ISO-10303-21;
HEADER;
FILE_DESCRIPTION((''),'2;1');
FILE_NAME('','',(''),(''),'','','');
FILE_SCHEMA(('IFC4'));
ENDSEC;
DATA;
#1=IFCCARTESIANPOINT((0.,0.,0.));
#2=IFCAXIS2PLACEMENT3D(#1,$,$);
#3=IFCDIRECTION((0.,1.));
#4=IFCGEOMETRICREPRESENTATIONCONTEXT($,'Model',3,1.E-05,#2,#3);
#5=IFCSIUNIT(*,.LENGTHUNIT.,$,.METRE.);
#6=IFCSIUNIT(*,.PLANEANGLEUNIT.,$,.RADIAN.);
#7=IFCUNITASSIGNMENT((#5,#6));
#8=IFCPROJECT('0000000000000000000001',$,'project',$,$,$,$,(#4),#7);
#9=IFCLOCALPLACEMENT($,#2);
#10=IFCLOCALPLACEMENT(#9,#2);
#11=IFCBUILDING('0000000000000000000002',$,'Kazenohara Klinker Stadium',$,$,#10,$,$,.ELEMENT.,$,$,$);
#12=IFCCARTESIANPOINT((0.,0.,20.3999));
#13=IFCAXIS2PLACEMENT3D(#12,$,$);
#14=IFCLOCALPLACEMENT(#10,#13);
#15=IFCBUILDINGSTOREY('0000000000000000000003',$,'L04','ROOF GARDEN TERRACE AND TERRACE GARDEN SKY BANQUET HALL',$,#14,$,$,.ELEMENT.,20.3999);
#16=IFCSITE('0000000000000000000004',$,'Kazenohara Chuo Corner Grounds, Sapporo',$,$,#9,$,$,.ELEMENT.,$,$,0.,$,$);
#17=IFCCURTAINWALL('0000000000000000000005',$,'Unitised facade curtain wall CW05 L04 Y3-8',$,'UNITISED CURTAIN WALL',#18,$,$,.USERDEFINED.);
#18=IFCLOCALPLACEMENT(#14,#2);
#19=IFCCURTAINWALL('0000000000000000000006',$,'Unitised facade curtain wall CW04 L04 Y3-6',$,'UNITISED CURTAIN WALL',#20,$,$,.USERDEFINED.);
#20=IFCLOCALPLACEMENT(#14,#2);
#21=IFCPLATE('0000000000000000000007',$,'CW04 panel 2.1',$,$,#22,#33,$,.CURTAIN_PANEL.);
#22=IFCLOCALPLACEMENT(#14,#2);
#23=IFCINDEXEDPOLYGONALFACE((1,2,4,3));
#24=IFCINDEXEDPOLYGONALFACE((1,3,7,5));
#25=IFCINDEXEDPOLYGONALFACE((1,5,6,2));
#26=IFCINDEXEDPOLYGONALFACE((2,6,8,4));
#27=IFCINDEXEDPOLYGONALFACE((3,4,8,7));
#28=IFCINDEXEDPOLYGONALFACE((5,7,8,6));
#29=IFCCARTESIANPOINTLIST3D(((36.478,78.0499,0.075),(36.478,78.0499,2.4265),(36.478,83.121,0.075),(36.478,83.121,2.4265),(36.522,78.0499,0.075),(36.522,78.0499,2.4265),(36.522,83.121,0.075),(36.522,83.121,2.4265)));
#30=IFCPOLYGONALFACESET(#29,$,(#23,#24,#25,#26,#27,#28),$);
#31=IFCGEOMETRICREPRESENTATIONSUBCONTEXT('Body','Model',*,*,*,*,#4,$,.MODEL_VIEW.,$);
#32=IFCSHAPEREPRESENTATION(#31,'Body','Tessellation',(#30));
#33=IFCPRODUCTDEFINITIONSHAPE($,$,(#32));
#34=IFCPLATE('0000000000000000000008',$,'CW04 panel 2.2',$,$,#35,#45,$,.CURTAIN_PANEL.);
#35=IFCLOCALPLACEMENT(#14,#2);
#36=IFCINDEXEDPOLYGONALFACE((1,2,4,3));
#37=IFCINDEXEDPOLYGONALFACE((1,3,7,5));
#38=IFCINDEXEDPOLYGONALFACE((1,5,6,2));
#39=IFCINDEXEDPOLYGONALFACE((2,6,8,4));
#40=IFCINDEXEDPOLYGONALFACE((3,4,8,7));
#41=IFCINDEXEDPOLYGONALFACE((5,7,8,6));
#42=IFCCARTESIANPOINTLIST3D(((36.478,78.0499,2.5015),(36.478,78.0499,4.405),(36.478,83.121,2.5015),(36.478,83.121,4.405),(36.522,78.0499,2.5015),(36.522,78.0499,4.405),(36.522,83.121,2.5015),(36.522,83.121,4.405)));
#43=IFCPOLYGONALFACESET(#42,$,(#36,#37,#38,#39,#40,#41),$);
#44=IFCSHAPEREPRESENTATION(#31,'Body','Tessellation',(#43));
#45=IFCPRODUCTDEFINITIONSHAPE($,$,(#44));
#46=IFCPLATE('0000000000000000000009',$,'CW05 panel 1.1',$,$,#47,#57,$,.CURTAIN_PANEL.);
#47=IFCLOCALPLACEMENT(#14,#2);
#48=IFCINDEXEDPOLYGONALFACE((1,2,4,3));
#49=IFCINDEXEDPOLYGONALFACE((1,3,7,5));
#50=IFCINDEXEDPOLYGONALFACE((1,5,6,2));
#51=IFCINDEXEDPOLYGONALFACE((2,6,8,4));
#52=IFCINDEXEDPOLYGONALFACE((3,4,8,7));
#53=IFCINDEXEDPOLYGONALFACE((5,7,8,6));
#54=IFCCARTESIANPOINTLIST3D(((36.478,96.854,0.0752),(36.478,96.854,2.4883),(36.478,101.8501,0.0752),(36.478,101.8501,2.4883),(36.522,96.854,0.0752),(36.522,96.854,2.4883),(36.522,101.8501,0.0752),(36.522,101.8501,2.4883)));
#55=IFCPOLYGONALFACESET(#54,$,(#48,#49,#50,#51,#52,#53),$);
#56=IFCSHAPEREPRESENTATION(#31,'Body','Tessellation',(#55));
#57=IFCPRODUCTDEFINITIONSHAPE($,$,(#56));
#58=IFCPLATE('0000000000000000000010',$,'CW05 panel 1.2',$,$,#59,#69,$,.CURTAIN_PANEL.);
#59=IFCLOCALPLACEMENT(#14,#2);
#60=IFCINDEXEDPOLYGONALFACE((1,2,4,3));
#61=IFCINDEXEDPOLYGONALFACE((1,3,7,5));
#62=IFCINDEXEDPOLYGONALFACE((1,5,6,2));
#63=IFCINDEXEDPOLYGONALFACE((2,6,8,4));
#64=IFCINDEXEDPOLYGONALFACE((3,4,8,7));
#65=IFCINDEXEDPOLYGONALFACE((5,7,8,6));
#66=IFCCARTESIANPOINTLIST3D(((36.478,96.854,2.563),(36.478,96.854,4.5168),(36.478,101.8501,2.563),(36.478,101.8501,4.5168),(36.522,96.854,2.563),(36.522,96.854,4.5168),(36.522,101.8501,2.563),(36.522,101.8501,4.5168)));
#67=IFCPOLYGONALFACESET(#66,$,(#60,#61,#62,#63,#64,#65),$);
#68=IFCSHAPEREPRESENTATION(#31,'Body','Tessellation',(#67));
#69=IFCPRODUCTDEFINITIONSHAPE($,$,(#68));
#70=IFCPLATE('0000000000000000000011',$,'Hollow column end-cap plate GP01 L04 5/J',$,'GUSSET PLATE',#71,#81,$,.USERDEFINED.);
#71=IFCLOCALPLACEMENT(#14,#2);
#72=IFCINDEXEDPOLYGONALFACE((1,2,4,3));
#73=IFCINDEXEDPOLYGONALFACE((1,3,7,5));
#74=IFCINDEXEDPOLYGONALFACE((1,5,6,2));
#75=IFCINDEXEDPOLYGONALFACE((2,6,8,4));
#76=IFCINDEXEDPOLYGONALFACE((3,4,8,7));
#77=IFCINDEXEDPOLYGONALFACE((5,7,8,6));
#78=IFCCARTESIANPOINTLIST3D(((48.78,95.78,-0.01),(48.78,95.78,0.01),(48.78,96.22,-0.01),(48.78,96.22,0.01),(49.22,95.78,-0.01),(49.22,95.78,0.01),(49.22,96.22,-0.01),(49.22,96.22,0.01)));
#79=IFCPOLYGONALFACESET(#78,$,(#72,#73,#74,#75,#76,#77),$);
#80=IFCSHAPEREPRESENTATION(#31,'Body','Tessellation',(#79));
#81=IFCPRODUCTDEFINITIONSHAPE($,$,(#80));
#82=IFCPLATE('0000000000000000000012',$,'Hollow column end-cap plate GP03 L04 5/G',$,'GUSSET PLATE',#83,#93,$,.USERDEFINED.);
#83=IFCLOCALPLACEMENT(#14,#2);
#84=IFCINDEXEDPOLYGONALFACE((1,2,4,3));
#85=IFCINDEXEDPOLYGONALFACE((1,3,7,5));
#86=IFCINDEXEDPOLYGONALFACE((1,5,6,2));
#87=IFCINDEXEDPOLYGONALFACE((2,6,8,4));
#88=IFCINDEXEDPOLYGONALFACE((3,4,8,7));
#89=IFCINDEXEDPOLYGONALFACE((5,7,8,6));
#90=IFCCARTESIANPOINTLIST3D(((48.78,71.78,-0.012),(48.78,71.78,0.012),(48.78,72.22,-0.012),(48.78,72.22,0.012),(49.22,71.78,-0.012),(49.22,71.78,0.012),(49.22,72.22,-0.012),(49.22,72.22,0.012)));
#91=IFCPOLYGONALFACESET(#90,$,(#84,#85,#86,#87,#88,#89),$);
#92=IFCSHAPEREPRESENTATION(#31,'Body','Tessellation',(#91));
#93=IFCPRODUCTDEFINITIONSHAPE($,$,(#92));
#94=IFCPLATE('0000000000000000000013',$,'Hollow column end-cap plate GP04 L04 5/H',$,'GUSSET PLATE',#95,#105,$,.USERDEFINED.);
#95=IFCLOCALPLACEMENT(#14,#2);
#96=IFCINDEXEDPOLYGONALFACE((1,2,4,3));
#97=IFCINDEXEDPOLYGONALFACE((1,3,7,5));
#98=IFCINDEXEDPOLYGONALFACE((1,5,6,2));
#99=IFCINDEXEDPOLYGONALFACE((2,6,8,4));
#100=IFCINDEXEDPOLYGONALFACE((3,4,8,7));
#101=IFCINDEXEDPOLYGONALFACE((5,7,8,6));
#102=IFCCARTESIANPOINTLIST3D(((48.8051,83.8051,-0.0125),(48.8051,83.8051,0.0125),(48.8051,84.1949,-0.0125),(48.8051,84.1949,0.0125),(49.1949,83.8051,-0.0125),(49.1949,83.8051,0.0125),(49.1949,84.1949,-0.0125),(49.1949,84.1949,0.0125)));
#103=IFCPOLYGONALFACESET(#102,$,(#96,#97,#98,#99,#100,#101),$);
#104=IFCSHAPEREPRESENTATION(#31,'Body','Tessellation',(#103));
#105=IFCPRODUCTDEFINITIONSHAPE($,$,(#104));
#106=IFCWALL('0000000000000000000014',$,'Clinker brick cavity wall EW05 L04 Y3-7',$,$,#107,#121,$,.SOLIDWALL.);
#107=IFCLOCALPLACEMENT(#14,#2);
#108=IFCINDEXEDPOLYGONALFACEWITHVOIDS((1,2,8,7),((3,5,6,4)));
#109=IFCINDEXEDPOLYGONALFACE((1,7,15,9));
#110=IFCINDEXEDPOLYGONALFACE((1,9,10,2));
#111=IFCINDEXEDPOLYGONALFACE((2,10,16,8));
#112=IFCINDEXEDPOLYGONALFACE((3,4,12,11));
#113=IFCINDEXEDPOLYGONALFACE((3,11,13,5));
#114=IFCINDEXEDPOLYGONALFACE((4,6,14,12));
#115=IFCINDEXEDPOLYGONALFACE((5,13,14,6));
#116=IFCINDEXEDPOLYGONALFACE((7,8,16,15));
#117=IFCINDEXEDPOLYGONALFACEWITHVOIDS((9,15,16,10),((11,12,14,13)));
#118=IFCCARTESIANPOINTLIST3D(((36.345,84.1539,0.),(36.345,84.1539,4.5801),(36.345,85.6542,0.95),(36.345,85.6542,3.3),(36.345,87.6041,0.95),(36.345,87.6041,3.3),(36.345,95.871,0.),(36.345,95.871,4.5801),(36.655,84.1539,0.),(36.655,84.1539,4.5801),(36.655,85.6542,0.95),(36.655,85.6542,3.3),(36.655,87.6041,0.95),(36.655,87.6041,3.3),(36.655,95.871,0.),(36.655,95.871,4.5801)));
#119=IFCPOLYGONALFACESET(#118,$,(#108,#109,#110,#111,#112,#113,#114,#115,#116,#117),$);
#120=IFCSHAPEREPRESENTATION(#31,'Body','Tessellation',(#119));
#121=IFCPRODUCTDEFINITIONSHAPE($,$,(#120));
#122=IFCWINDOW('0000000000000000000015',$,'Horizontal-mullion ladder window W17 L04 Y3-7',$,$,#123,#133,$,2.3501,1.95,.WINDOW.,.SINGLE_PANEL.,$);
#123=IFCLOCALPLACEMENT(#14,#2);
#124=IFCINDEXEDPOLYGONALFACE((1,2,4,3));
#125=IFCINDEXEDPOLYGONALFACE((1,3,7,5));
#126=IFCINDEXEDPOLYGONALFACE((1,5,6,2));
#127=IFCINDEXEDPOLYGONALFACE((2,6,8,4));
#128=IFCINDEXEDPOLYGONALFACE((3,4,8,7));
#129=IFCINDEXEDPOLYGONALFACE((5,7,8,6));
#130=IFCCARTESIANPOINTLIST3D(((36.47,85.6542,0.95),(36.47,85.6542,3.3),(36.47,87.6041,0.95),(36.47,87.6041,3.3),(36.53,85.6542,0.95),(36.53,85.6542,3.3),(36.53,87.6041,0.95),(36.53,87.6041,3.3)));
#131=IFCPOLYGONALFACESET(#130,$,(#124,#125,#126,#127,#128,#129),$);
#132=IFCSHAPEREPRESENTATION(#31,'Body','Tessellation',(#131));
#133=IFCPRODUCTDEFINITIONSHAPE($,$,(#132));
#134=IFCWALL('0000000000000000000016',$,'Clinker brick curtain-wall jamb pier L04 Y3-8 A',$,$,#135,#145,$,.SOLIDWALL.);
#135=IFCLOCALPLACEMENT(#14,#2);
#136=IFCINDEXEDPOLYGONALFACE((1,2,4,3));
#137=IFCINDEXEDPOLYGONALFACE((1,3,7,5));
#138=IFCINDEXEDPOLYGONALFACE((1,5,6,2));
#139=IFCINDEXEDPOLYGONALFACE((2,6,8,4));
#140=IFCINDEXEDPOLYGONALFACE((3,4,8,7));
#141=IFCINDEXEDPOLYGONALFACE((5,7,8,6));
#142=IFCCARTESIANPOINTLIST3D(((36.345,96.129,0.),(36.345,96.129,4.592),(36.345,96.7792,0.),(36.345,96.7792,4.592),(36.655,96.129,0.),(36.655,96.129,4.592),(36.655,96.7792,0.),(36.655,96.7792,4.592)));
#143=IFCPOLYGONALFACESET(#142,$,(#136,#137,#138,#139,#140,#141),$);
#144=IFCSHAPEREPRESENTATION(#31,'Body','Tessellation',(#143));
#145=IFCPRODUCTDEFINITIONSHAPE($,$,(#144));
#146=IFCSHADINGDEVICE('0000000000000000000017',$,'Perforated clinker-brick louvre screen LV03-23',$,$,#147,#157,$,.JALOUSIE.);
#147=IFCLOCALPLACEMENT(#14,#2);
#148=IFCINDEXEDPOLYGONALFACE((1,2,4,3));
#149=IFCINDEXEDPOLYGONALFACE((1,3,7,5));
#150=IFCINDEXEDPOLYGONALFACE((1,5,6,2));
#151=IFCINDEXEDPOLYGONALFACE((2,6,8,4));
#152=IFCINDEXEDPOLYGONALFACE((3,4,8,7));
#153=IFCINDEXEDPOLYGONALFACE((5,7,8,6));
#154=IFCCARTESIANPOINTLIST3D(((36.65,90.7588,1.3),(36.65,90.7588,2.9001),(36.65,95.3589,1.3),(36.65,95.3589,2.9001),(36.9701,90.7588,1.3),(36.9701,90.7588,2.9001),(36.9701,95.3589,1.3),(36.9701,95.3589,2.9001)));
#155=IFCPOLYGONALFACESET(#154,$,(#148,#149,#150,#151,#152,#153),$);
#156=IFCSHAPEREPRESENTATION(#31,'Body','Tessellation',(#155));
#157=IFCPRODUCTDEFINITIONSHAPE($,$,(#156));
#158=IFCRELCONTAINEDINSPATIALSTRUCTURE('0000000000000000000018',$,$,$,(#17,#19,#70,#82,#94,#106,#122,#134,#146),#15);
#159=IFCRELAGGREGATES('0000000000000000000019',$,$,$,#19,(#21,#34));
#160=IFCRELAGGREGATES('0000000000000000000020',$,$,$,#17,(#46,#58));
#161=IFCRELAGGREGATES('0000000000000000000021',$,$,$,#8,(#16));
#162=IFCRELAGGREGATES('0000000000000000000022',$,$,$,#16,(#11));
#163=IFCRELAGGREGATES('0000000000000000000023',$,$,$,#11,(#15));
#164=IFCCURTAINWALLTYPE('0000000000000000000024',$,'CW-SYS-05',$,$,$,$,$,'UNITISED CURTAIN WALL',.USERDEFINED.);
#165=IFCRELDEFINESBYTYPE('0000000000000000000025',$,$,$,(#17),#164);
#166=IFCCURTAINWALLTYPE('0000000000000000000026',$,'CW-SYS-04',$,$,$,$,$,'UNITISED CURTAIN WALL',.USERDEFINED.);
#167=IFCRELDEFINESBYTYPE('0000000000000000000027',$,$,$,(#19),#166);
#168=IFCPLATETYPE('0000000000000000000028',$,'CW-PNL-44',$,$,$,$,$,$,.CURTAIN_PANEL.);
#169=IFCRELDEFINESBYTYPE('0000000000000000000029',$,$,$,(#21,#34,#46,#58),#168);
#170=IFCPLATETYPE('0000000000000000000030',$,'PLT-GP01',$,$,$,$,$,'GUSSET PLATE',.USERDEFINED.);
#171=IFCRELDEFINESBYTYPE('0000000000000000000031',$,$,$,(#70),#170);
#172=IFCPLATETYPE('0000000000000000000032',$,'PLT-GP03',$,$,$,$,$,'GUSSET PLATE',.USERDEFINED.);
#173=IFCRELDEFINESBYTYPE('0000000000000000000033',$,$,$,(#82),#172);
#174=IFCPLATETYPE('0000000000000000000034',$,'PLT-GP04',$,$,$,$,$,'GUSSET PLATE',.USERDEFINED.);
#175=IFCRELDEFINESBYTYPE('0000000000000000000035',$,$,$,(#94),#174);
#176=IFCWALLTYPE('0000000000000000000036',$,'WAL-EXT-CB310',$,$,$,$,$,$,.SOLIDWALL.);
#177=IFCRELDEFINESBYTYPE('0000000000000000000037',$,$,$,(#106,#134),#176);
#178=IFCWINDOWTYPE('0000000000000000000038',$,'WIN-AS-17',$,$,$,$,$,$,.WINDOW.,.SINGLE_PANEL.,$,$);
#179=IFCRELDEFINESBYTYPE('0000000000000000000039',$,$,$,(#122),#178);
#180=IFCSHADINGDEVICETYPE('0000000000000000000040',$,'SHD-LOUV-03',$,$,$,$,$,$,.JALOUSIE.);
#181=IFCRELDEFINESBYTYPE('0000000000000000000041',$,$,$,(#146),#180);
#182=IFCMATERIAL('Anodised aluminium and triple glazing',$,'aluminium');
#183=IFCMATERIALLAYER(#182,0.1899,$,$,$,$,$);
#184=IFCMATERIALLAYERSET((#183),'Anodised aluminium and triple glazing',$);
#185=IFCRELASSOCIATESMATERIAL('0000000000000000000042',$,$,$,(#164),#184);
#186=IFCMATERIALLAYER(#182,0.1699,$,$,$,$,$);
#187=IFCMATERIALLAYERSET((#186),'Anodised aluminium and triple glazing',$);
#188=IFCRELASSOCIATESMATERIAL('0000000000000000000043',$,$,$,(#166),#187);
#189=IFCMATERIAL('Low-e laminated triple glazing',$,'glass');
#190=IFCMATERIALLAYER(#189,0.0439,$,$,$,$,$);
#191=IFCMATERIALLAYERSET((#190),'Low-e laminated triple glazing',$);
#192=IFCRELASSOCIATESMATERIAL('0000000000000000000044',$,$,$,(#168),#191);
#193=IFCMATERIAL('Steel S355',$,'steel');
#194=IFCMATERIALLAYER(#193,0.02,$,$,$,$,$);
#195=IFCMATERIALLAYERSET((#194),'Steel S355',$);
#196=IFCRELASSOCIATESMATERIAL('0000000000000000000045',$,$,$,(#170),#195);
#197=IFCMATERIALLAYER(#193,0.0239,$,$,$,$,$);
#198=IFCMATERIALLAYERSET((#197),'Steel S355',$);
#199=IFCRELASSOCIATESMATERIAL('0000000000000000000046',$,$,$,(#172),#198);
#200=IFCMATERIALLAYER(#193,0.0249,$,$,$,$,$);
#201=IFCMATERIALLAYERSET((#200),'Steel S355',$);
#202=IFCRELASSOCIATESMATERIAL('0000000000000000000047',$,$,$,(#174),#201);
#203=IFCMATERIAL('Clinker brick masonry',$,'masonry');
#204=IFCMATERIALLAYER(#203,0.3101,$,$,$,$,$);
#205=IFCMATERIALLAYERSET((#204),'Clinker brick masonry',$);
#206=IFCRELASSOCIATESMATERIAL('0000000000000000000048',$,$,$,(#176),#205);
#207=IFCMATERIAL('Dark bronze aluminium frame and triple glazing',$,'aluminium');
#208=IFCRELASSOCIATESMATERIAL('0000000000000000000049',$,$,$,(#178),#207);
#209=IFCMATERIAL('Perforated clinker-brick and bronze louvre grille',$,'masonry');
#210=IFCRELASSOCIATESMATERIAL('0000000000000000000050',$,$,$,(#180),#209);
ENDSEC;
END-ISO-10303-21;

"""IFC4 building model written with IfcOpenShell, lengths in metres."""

from ifc_helpers import new_model, si_unit, direction, frame, frame_2d, origin, origin_2d, place, context, subcontext, project, spatial, rectangle, extrude, material, layer, layer_set, type_object, element, fill, aggregate, save


model = new_model("IFC4")

# Units and contexts
model_context = context("Model", 3, precision=1e-05, world=origin(), true_north=direction((0.0, 1.0)))
body_context = subcontext(model_context, "Body", "Model", "MODEL_VIEW")
ifc_project = project(units=[si_unit("LENGTHUNIT", "METRE"), si_unit("PLANEANGLEUNIT", "RADIAN")], contexts=[model_context])

# Site, building, storey
site_placement = place(None, origin())
site = spatial("IfcSite", under=ifc_project, at=site_placement, Name="Kazenohara Chuo Corner Grounds, Sapporo", CompositionType="ELEMENT", RefElevation=0.0)
building_placement = place(site_placement, origin())
building = spatial("IfcBuilding", under=site, at=building_placement, Name="Kazenohara Klinker Stadium", CompositionType="ELEMENT")
storey_placement = place(building_placement, frame((0.0, 0.0, 20.3999)))
storey = spatial("IfcBuildingStorey", under=building, at=storey_placement, Name="L04", Description="ROOF GARDEN TERRACE AND TERRACE GARDEN SKY BANQUET HALL", CompositionType="ELEMENT", Elevation=20.3999)

# Shared definitions
ifc_material_1 = material(Name="Steel S355", Category="steel")

# Curtain wall
ifc_material_2 = material(Name="Anodised aluminium and triple glazing", Category="aluminium")
ifc_layer_1 = layer(ifc_material_2, 0.1899)
ifc_layer_set_1 = layer_set([ifc_layer_1], Name="Anodised aluminium and triple glazing")
curtain_wall_type_1 = type_object("IfcCurtainWallType", Name="CW-SYS-05", ElementType="UNITISED CURTAIN WALL", PredefinedType="USERDEFINED", material=ifc_layer_set_1)
curtain_wall_1_placement = place(storey_placement, origin())
curtain_wall_1 = element("IfcCurtainWall", 1, at=curtain_wall_1_placement, inside=storey, type_object=curtain_wall_type_1, Name="Unitised facade curtain wall CW05 L04 Y3-8", ObjectType="UNITISED CURTAIN WALL", PredefinedType="USERDEFINED")

# Curtain wall, plates
ifc_layer_2 = layer(ifc_material_2, 0.1699)
ifc_layer_set_2 = layer_set([ifc_layer_2], Name="Anodised aluminium and triple glazing")
curtain_wall_type_2 = type_object("IfcCurtainWallType", Name="CW-SYS-04", ElementType="UNITISED CURTAIN WALL", PredefinedType="USERDEFINED", material=ifc_layer_set_2)
curtain_wall_2_placement = place(storey_placement, origin())
curtain_wall_2 = element("IfcCurtainWall", 2, at=curtain_wall_2_placement, inside=storey, type_object=curtain_wall_type_2, Name="Unitised facade curtain wall CW04 L04 Y3-6", ObjectType="UNITISED CURTAIN WALL", PredefinedType="USERDEFINED")
ifc_material_3 = material(Name="Low-e laminated triple glazing", Category="glass")
ifc_layer_3 = layer(ifc_material_3, 0.0439)
ifc_layer_set_3 = layer_set([ifc_layer_3], Name="Low-e laminated triple glazing")
plate_type_1 = type_object("IfcPlateType", Name="CW-PNL-44", PredefinedType="CURTAIN_PANEL", material=ifc_layer_set_3)
plate_1_placement = place(storey_placement, frame((36.5, 80.5854, 0.075), z_axis=(0.0, 0.0, 1.0), x_axis=(0.0, 1.0, 0.0)))
plate_1 = element("IfcPlate", 3, at=plate_1_placement, type_object=plate_type_1, Name="CW04 panel 2.1", PredefinedType="CURTAIN_PANEL", context=body_context, shape_type="SweptSolid", body=[
    extrude(rectangle(XDim=5.071, YDim=0.0439, at=origin_2d()), origin(), (0.0, 0.0, 1.0), 2.3516),
])
plate_2_placement = place(storey_placement, frame((36.5, 80.5854, 2.5015), z_axis=(0.0, 0.0, 1.0), x_axis=(0.0, 1.0, 0.0)))
plate_2 = element("IfcPlate", 4, at=plate_2_placement, type_object=plate_type_1, Name="CW04 panel 2.2", PredefinedType="CURTAIN_PANEL", context=body_context, shape_type="SweptSolid", body=[
    extrude(rectangle(XDim=5.071, YDim=0.0439, at=origin_2d()), origin(), (0.0, 0.0, 1.0), 1.9036),
])
aggregate(curtain_wall_2, [plate_1, plate_2])

# Plates
plate_3_placement = place(storey_placement, frame((36.5, 99.3521, 0.0752), z_axis=(0.0, 0.0, 1.0), x_axis=(0.0, 1.0, 0.0)))
plate_3 = element("IfcPlate", 5, at=plate_3_placement, type_object=plate_type_1, Name="CW05 panel 1.1", PredefinedType="CURTAIN_PANEL", context=body_context, shape_type="SweptSolid", body=[
    extrude(rectangle(XDim=4.9961, YDim=0.0439, at=origin_2d()), origin(), (0.0, 0.0, 1.0), 2.4131),
])
plate_4_placement = place(storey_placement, frame((36.5, 99.3521, 2.563), z_axis=(0.0, 0.0, 1.0), x_axis=(0.0, 1.0, 0.0)))
plate_4 = element("IfcPlate", 6, at=plate_4_placement, type_object=plate_type_1, Name="CW05 panel 1.2", PredefinedType="CURTAIN_PANEL", context=body_context, shape_type="SweptSolid", body=[
    extrude(rectangle(XDim=4.9961, YDim=0.0439, at=origin_2d()), origin(), (0.0, 0.0, 1.0), 1.9539),
])
aggregate(curtain_wall_1, [plate_3, plate_4])

# Plates
ifc_layer_4 = layer(ifc_material_1, 0.02)
ifc_layer_set_4 = layer_set([ifc_layer_4], Name="Steel S355")
plate_type_2 = type_object("IfcPlateType", Name="PLT-GP01", ElementType="GUSSET PLATE", PredefinedType="USERDEFINED", material=ifc_layer_set_4)
plate_5_placement = place(storey_placement, frame((49.0, 96.0, -0.01), z_axis=(0.0, 0.0, 1.0), x_axis=(1.0, 0.0, 0.0)))
element("IfcPlate", 7, at=plate_5_placement, inside=storey, type_object=plate_type_2, Name="Hollow column end-cap plate GP01 L04 5/J", ObjectType="GUSSET PLATE", PredefinedType="USERDEFINED", context=body_context, shape_type="SweptSolid", body=[
    extrude(rectangle(XDim=0.4399, YDim=0.4399, at=origin_2d()), origin(), (0.0, 0.0, 1.0), 0.02),
])
ifc_layer_5 = layer(ifc_material_1, 0.0239)
ifc_layer_set_5 = layer_set([ifc_layer_5], Name="Steel S355")
plate_type_3 = type_object("IfcPlateType", Name="PLT-GP03", ElementType="GUSSET PLATE", PredefinedType="USERDEFINED", material=ifc_layer_set_5)
plate_6_placement = place(storey_placement, frame((49.0, 72.0, -0.012), z_axis=(0.0, 0.0, 1.0), x_axis=(1.0, 0.0, 0.0)))
element("IfcPlate", 8, at=plate_6_placement, inside=storey, type_object=plate_type_3, Name="Hollow column end-cap plate GP03 L04 5/G", ObjectType="GUSSET PLATE", PredefinedType="USERDEFINED", context=body_context, shape_type="SweptSolid", body=[
    extrude(rectangle(XDim=0.4399, YDim=0.4399, at=origin_2d()), origin(), (0.0, 0.0, 1.0), 0.0239),
])
ifc_layer_6 = layer(ifc_material_1, 0.0249)
ifc_layer_set_6 = layer_set([ifc_layer_6], Name="Steel S355")
plate_type_4 = type_object("IfcPlateType", Name="PLT-GP04", ElementType="GUSSET PLATE", PredefinedType="USERDEFINED", material=ifc_layer_set_6)
plate_7_placement = place(storey_placement, frame((49.0, 84.0, -0.0125), z_axis=(0.0, 0.0, 1.0), x_axis=(1.0, 0.0, 0.0)))
element("IfcPlate", 9, at=plate_7_placement, inside=storey, type_object=plate_type_4, Name="Hollow column end-cap plate GP04 L04 5/H", ObjectType="GUSSET PLATE", PredefinedType="USERDEFINED", context=body_context, shape_type="SweptSolid", body=[
    extrude(rectangle(XDim=0.3899, YDim=0.3899, at=origin_2d()), origin(), (0.0, 0.0, 1.0), 0.0249),
])

# Wall, opening, window
ifc_material_4 = material(Name="Clinker brick masonry", Category="masonry")
ifc_layer_7 = layer(ifc_material_4, 0.3101)
ifc_layer_set_7 = layer_set([ifc_layer_7], Name="Clinker brick masonry")
wall_type = type_object("IfcWallType", Name="WAL-EXT-CB310", PredefinedType="SOLIDWALL", material=ifc_layer_set_7)
wall_1_placement = place(storey_placement, frame((36.5, 84.1541, 0.0), z_axis=(0.0, 0.0, 1.0), x_axis=(0.0, 1.0, 0.0)))
wall_1 = element("IfcWall", 10, at=wall_1_placement, inside=storey, type_object=wall_type, Name="Clinker brick cavity wall EW05 L04 Y3-7", PredefinedType="SOLIDWALL", context=body_context, shape_type="SweptSolid", body=[
    extrude(rectangle(XDim=11.717, YDim=0.3101, at=frame_2d((5.8584, 0.0))), origin(), (0.0, 0.0, 1.0), 4.5801),
])
opening_placement = place(wall_1_placement, frame((1.5, 0.0, 0.95)))
opening = element("IfcOpeningElement", 11, at=opening_placement, cuts=wall_1, PredefinedType="OPENING", context=body_context, shape_type="SweptSolid", body=[
    extrude(rectangle(XDim=1.95, YDim=2.3501, at=frame_2d((0.9751, 1.175))), frame((0.0, 0.165, 0.0), z_axis=(0.0, -1.0, 0.0), x_axis=(1.0, 0.0, 0.0)), (0.0, 0.0, 1.0), 0.3301),
])
ifc_material_5 = material(Name="Dark bronze aluminium frame and triple glazing", Category="aluminium")
window_type = type_object("IfcWindowType", Name="WIN-AS-17", PartitioningType="SINGLE_PANEL", PredefinedType="WINDOW", material=ifc_material_5)
window_placement = place(opening_placement, origin())
window = element("IfcWindow", 12, at=window_placement, inside=storey, type_object=window_type, Name="Horizontal-mullion ladder window W17 L04 Y3-7", OverallHeight=2.3501, OverallWidth=1.95, PartitioningType="SINGLE_PANEL", PredefinedType="WINDOW", context=body_context, shape_type="SweptSolid", body=[
    extrude(rectangle(XDim=1.95, YDim=2.3501, at=frame_2d((0.9751, 1.175))), frame((0.0, 0.03, 0.0), z_axis=(0.0, -1.0, 0.0), x_axis=(1.0, 0.0, 0.0)), (0.0, 0.0, 1.0), 0.0601),
])
fill(opening, window)

# Wall
wall_2_placement = place(storey_placement, frame((36.5, 96.1289, 0.0), z_axis=(0.0, 0.0, 1.0), x_axis=(0.0, 1.0, 0.0)))
element("IfcWall", 13, at=wall_2_placement, inside=storey, type_object=wall_type, Name="Clinker brick curtain-wall jamb pier L04 Y3-8 A", PredefinedType="SOLIDWALL", context=body_context, shape_type="SweptSolid", body=[
    extrude(rectangle(XDim=0.6501, YDim=0.3101, at=frame_2d((0.3252, 0.0))), origin(), (0.0, 0.0, 1.0), 4.592),
])

# Shading device
ifc_material_6 = material(Name="Perforated clinker-brick and bronze louvre grille", Category="masonry")
shading_device_type = type_object("IfcShadingDeviceType", Name="SHD-LOUV-03", PredefinedType="JALOUSIE", material=ifc_material_6)
shading_device_placement = place(storey_placement, frame((36.8101, 93.0588, 1.3), z_axis=(0.0, 0.0, 1.0), x_axis=(0.0, 1.0, 0.0)))
element("IfcShadingDevice", 14, at=shading_device_placement, inside=storey, type_object=shading_device_type, Name="Perforated clinker-brick louvre screen LV03-23", PredefinedType="JALOUSIE", context=body_context, shape_type="SweptSolid", body=[
    extrude(rectangle(XDim=4.6001, YDim=0.3201, at=origin_2d()), origin(), (0.0, 0.0, 1.0), 1.6001),
])

save(model, "model.ifc")
